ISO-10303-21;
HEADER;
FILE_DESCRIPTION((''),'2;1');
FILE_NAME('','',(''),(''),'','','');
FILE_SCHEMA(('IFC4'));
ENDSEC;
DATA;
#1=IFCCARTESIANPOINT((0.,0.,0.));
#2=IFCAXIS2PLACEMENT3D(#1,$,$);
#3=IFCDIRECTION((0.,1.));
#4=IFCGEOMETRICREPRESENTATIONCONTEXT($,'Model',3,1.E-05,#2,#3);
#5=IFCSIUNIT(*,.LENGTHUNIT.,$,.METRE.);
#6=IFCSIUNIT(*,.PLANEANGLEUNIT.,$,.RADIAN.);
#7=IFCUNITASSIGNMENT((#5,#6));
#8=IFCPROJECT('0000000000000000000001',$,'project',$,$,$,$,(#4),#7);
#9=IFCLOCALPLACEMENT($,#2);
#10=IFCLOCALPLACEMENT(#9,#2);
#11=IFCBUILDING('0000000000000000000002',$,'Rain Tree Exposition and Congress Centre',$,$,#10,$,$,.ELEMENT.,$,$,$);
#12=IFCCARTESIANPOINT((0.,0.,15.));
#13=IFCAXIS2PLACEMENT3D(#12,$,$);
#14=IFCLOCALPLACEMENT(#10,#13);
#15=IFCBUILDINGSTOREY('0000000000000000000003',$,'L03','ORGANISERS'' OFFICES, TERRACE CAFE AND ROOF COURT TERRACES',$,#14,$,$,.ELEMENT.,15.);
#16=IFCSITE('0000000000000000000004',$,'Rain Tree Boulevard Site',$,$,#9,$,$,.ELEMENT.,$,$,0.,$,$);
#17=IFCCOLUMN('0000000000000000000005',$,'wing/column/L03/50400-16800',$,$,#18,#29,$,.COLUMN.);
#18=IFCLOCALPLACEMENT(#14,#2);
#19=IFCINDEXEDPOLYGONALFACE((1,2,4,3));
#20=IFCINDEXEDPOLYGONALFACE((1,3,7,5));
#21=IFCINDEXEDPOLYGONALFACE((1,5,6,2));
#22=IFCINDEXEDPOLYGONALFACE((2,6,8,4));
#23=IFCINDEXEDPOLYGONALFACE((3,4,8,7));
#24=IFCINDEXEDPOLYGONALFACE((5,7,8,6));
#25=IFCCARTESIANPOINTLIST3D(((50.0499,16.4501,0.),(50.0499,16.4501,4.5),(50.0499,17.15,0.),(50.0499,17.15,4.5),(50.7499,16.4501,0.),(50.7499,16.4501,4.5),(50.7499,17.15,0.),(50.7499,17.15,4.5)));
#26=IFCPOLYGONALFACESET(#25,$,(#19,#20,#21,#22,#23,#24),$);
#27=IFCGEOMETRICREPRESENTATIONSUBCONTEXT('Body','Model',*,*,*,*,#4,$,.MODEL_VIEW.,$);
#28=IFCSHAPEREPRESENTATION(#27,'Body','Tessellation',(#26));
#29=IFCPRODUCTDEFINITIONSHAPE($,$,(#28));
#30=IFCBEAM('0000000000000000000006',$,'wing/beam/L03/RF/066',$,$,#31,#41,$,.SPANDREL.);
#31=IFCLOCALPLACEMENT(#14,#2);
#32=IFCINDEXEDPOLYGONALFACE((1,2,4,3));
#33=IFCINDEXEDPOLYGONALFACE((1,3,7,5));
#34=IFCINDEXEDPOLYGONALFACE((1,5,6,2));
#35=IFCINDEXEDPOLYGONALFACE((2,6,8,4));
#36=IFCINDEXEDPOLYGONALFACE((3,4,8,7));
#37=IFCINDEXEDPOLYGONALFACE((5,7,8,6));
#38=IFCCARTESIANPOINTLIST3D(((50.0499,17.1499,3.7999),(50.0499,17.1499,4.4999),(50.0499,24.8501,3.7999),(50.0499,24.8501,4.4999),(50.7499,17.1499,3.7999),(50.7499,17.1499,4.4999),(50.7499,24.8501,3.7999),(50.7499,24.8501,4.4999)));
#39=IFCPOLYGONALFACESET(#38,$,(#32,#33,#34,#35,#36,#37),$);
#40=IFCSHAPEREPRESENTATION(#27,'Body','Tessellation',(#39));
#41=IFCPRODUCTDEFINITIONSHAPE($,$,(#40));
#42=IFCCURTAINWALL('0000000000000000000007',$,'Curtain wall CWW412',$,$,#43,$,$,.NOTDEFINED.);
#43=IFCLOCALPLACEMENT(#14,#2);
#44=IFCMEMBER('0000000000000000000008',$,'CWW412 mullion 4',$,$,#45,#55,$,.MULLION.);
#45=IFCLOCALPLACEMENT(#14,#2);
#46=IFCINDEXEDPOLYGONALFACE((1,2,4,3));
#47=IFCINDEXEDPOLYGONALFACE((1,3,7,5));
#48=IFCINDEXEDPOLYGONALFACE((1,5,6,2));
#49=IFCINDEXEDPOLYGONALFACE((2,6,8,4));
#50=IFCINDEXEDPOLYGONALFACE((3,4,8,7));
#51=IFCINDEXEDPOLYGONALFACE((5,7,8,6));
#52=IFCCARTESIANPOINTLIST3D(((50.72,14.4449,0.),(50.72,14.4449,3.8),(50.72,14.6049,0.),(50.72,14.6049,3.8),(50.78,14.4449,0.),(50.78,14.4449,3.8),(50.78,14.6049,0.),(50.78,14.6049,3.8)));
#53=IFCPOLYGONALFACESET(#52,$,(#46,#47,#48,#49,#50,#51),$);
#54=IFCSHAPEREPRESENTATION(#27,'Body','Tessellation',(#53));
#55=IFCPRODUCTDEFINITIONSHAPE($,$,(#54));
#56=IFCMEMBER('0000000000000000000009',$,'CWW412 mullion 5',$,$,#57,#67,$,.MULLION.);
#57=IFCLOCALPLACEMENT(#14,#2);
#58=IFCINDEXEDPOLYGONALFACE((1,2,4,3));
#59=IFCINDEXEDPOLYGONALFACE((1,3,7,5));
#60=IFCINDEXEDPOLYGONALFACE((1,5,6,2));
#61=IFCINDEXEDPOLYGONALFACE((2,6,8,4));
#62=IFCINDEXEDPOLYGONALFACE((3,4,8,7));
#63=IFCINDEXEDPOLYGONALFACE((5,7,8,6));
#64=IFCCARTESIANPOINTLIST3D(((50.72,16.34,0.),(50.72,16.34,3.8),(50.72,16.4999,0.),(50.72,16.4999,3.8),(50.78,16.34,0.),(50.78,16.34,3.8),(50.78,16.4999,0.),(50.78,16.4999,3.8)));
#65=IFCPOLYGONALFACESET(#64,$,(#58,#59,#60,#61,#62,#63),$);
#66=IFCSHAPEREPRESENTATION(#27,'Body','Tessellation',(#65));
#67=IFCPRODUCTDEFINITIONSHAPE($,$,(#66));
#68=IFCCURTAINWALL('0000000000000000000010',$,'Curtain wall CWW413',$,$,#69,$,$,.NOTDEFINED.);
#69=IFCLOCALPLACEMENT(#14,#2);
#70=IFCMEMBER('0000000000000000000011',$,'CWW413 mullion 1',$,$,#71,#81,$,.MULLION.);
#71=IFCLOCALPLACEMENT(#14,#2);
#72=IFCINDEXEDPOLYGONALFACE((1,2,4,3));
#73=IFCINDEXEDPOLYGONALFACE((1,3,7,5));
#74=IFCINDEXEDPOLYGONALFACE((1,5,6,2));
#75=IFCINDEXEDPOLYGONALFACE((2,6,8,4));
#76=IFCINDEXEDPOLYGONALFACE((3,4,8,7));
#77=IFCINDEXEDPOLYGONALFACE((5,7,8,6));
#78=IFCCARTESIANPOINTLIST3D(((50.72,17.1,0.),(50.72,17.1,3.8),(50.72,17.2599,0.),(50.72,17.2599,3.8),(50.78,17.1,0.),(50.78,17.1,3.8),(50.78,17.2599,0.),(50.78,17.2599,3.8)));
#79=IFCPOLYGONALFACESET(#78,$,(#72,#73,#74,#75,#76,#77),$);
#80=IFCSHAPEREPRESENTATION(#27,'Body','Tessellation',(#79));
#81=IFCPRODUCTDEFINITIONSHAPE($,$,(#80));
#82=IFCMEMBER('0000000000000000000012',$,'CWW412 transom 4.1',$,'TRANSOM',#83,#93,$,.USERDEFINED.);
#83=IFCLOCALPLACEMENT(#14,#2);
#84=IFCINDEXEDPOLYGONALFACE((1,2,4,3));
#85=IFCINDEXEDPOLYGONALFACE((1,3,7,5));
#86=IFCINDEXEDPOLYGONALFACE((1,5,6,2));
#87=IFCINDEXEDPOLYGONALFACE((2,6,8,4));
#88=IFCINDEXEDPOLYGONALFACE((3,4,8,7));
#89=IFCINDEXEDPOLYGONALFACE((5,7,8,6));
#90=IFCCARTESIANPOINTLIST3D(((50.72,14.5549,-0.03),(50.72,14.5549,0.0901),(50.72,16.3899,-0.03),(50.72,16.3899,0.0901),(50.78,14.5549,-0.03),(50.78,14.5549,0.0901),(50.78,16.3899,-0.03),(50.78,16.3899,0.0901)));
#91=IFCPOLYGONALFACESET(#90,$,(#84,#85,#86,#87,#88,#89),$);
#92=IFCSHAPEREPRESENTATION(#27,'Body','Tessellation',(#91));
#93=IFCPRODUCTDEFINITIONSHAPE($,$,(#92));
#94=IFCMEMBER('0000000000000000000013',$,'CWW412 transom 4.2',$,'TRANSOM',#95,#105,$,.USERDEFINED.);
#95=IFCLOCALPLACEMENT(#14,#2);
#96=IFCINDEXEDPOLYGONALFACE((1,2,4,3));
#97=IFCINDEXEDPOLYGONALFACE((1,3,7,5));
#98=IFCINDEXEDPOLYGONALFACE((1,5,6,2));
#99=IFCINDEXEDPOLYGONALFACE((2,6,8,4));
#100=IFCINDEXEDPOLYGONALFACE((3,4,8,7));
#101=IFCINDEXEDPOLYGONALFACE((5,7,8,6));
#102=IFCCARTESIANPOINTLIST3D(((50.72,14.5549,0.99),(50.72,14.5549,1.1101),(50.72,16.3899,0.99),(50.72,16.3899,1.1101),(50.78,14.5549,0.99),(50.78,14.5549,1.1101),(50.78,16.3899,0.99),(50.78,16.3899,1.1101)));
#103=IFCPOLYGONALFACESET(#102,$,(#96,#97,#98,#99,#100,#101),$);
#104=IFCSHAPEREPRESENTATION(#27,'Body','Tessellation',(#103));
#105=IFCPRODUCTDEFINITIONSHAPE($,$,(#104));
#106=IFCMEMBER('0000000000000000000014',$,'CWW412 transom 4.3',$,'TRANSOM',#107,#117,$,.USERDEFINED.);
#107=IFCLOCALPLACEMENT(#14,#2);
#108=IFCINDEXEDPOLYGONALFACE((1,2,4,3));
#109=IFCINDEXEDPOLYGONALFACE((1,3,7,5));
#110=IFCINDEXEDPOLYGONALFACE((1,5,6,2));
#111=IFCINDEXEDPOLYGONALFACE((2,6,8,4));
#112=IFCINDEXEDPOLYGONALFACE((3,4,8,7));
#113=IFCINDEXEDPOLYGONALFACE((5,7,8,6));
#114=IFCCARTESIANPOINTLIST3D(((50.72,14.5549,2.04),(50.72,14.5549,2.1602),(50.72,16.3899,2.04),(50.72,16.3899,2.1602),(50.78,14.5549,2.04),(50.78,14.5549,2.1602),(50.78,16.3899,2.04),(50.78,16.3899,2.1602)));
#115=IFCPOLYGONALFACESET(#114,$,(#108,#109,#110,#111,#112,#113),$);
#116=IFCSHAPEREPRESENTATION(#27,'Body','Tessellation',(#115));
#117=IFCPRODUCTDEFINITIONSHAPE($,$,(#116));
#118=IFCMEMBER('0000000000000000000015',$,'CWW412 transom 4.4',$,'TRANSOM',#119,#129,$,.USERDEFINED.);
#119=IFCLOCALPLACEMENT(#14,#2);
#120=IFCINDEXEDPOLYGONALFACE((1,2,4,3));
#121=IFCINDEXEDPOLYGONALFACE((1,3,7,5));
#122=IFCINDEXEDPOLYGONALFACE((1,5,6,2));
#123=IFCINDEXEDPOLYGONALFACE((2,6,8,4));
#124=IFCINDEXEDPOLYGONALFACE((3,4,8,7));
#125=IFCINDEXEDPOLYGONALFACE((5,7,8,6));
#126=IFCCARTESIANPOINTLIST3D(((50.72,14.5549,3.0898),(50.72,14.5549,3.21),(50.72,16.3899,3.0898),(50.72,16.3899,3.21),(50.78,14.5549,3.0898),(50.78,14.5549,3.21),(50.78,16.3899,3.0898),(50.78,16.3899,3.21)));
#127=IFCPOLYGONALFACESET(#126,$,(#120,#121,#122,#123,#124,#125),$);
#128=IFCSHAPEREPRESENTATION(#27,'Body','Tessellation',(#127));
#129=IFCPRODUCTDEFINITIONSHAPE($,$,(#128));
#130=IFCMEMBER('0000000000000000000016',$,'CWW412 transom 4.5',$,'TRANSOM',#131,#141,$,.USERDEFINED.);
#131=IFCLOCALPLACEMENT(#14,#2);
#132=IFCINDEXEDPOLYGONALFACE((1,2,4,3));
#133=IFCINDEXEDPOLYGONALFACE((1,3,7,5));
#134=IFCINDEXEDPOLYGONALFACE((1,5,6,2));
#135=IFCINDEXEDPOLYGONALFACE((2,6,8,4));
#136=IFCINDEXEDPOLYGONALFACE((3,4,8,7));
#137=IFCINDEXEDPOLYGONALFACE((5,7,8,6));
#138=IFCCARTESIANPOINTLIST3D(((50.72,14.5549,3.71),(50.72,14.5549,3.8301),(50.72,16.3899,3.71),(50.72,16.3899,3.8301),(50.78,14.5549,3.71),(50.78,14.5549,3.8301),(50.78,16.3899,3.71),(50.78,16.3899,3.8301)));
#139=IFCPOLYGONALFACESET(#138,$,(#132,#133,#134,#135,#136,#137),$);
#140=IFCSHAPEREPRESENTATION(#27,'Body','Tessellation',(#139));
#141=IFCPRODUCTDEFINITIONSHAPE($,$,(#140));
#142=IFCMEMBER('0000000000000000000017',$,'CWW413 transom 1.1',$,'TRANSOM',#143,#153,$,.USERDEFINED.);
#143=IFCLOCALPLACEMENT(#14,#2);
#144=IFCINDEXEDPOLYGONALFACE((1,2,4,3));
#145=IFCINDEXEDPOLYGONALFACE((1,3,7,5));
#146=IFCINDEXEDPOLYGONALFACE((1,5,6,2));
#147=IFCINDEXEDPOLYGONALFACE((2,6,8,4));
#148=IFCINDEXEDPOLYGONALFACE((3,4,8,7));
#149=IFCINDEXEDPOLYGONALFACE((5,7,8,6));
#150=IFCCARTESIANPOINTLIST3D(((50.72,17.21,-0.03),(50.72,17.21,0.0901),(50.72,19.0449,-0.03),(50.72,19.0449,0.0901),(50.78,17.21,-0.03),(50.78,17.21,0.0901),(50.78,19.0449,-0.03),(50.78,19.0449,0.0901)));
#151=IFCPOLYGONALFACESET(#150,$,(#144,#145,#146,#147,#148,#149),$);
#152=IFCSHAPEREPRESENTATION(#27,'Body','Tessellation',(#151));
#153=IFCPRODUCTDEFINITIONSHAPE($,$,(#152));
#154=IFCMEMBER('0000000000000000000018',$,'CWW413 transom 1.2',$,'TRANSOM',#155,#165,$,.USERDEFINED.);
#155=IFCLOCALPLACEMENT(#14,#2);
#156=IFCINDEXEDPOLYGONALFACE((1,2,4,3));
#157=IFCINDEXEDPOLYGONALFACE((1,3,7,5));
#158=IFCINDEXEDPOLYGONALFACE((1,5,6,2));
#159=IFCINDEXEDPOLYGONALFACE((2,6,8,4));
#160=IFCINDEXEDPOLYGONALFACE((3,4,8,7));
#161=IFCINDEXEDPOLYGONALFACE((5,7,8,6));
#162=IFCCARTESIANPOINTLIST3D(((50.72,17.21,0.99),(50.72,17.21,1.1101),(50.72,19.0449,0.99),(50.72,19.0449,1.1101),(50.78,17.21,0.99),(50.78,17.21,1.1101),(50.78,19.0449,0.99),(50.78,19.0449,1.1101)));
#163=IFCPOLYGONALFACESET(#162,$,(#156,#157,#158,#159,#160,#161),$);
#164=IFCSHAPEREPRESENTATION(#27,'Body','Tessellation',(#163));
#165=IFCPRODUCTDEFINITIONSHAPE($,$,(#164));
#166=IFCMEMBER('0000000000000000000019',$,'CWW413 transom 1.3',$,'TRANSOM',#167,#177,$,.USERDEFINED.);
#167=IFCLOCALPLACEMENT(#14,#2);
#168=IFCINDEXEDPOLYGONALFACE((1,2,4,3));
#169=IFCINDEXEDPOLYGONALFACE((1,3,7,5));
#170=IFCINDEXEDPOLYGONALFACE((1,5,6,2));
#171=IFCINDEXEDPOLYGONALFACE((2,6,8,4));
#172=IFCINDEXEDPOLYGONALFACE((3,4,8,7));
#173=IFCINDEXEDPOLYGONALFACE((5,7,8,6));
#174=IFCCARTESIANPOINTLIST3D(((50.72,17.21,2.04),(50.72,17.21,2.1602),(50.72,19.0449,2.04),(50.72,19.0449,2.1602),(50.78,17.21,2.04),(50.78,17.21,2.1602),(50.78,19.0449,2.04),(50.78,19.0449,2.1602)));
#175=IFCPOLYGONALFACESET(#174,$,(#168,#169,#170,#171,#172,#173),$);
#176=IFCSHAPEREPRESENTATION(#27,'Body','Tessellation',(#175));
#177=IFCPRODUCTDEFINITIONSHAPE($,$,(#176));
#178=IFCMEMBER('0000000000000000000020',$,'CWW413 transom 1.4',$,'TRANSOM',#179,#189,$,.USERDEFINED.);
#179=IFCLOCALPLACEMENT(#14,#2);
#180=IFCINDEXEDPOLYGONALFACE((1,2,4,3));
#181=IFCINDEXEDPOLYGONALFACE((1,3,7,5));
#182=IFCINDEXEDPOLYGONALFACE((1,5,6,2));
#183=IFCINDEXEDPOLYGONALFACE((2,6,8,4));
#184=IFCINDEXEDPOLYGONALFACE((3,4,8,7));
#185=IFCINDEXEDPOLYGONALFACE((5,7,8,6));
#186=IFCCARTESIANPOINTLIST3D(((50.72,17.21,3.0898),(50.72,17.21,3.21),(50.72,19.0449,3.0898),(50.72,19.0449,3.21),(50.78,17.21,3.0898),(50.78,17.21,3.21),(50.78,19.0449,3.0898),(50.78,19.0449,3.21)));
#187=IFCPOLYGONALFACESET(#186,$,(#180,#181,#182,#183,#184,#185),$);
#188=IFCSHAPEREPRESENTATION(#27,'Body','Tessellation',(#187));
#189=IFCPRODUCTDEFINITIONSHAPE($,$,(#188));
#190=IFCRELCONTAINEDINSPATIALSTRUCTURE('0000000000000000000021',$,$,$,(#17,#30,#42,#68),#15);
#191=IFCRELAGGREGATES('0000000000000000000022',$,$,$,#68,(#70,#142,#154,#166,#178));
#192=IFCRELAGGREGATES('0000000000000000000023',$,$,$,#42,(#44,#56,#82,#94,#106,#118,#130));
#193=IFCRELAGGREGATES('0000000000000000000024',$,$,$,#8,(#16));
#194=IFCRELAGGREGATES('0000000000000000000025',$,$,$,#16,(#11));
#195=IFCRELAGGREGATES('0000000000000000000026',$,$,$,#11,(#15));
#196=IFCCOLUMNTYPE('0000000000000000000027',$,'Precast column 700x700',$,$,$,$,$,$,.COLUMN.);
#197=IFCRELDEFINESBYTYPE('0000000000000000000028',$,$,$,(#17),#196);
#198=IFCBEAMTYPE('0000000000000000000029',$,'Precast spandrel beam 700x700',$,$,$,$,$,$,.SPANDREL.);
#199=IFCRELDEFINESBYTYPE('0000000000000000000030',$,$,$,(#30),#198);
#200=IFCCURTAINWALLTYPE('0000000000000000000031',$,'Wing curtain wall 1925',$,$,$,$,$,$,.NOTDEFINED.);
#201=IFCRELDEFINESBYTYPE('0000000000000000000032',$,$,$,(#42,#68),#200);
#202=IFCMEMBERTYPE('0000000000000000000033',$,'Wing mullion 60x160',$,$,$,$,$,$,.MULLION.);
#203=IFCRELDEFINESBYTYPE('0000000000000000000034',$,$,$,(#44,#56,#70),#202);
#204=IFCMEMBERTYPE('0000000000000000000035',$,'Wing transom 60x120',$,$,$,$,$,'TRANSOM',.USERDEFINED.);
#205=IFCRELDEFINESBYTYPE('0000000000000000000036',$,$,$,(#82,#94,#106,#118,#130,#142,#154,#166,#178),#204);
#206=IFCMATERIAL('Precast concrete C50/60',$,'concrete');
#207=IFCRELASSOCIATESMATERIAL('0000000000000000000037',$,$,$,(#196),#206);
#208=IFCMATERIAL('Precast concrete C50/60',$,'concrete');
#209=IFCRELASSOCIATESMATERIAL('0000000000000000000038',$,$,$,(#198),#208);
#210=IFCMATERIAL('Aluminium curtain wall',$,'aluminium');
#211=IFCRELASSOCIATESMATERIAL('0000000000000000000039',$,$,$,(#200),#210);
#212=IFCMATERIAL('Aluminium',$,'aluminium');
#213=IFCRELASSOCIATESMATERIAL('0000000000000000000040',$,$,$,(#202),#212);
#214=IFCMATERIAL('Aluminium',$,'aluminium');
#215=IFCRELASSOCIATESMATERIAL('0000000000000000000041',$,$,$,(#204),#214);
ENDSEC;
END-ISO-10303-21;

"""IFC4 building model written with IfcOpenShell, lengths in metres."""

from ifc_helpers import new_model, si_unit, direction, frame, origin, origin_2d, place, context, subcontext, project, spatial, rectangle, extrude, material, material_profile, profile_set, type_object, element, aggregate, save


model = new_model("IFC4")

# Units and contexts
model_context = context("Model", 3, precision=1e-05, world=origin(), true_north=direction((0.0, 1.0)))
body_context = subcontext(model_context, "Body", "Model", "MODEL_VIEW")
ifc_project = project(units=[si_unit("LENGTHUNIT", "METRE"), si_unit("PLANEANGLEUNIT", "RADIAN")], contexts=[model_context])

# Site, building, storey
site_placement = place(None, origin())
site = spatial("IfcSite", under=ifc_project, at=site_placement, Name="Rain Tree Boulevard Site", CompositionType="ELEMENT", RefElevation=0.0)
building_placement = place(site_placement, origin())
building = spatial("IfcBuilding", under=site, at=building_placement, Name="Rain Tree Exposition and Congress Centre", CompositionType="ELEMENT")
storey_placement = place(building_placement, frame((0.0, 0.0, 15.0)))
storey = spatial("IfcBuildingStorey", under=building, at=storey_placement, Name="L03", Description="ORGANISERS' OFFICES, TERRACE CAFE AND ROOF COURT TERRACES", CompositionType="ELEMENT", Elevation=15.0)

# Column
ifc_material_1 = material(Name="Precast concrete C50/60", Category="concrete")
ifc_material_profile_1 = material_profile(ifc_material_1, rectangle(XDim=0.7, YDim=0.7, at=origin_2d()), Name="RC 700x700")
ifc_profile_set_1 = profile_set([ifc_material_profile_1], Name="Precast concrete C50/60")
column_type = type_object("IfcColumnType", Name="Precast column 700x700", PredefinedType="COLUMN", material=ifc_profile_set_1)
column_placement = place(storey_placement, frame((50.3999, 16.8, 0.0), z_axis=(0.0, 0.0, 1.0), x_axis=(1.0, 0.0, 0.0)))
element("IfcColumn", 1, at=column_placement, inside=storey, type_object=column_type, Name="wing/column/L03/50400-16800", PredefinedType="COLUMN", context=body_context, shape_type="SweptSolid", body=[
    extrude(rectangle(XDim=0.7, YDim=0.7, at=origin_2d()), origin(), (0.0, 0.0, 1.0), 4.5),
])

# Beam
ifc_material_2 = material(Name="Precast concrete C50/60", Category="concrete")
ifc_material_profile_2 = material_profile(ifc_material_2, rectangle(XDim=0.7, YDim=0.7, at=origin_2d()), Name="RC 700x700")
ifc_profile_set_2 = profile_set([ifc_material_profile_2], Name="Precast concrete C50/60")
beam_type = type_object("IfcBeamType", Name="Precast spandrel beam 700x700", PredefinedType="SPANDREL", material=ifc_profile_set_2)
beam_placement = place(storey_placement, frame((50.3999, 17.1499, 4.1499), z_axis=(0.0, 1.0, 0.0), x_axis=(-1.0, 0.0, 0.0)))
element("IfcBeam", 2, at=beam_placement, inside=storey, type_object=beam_type, Name="wing/beam/L03/RF/066", PredefinedType="SPANDREL", context=body_context, shape_type="SweptSolid", body=[
    extrude(rectangle(XDim=0.7, YDim=0.7, at=origin_2d()), origin(), (0.0, 0.0, 1.0), 7.7002),
])

# Curtain wall, members
ifc_material_3 = material(Name="Aluminium curtain wall", Category="aluminium")
curtain_wall_type = type_object("IfcCurtainWallType", Name="Wing curtain wall 1925", PredefinedType="NOTDEFINED", material=ifc_material_3)
curtain_wall_1_placement = place(storey_placement, origin())
curtain_wall_1 = element("IfcCurtainWall", 3, at=curtain_wall_1_placement, inside=storey, type_object=curtain_wall_type, Name="Curtain wall CWW412", PredefinedType="NOTDEFINED")
ifc_material_4 = material(Name="Aluminium", Category="aluminium")
ifc_material_profile_3 = material_profile(ifc_material_4, rectangle(XDim=0.0601, YDim=0.1599, at=origin_2d()), Name="Aluminium 60x160")
ifc_profile_set_3 = profile_set([ifc_material_profile_3], Name="Aluminium")
member_type_1 = type_object("IfcMemberType", Name="Wing mullion 60x160", PredefinedType="MULLION", material=ifc_profile_set_3)
member_1_placement = place(storey_placement, frame((50.75, 14.5249, 0.0), z_axis=(0.0, 0.0, 1.0), x_axis=(-1.0, 0.0, 0.0)))
member_1 = element("IfcMember", 4, at=member_1_placement, type_object=member_type_1, Name="CWW412 mullion 4", PredefinedType="MULLION", context=body_context, shape_type="SweptSolid", body=[
    extrude(rectangle(XDim=0.0601, YDim=0.1599, at=origin_2d()), origin(), (0.0, 0.0, 1.0), 3.8),
])
member_2_placement = place(storey_placement, frame((50.75, 16.4199, 0.0), z_axis=(0.0, 0.0, 1.0), x_axis=(-1.0, 0.0, 0.0)))
member_2 = element("IfcMember", 5, at=member_2_placement, type_object=member_type_1, Name="CWW412 mullion 5", PredefinedType="MULLION", context=body_context, shape_type="SweptSolid", body=[
    extrude(rectangle(XDim=0.0601, YDim=0.1599, at=origin_2d()), origin(), (0.0, 0.0, 1.0), 3.8),
])

# Curtain wall, member
curtain_wall_2_placement = place(storey_placement, origin())
curtain_wall_2 = element("IfcCurtainWall", 6, at=curtain_wall_2_placement, inside=storey, type_object=curtain_wall_type, Name="Curtain wall CWW413", PredefinedType="NOTDEFINED")
member_3_placement = place(storey_placement, frame((50.75, 17.1799, 0.0), z_axis=(0.0, 0.0, 1.0), x_axis=(-1.0, 0.0, 0.0)))
member_3 = element("IfcMember", 7, at=member_3_placement, type_object=member_type_1, Name="CWW413 mullion 1", PredefinedType="MULLION", context=body_context, shape_type="SweptSolid", body=[
    extrude(rectangle(XDim=0.0601, YDim=0.1599, at=origin_2d()), origin(), (0.0, 0.0, 1.0), 3.8),
])

# Members
ifc_material_5 = material(Name="Aluminium", Category="aluminium")
ifc_material_profile_4 = material_profile(ifc_material_5, rectangle(XDim=0.0601, YDim=0.1201, at=origin_2d()), Name="Aluminium 60x120")
ifc_profile_set_4 = profile_set([ifc_material_profile_4], Name="Aluminium")
member_type_2 = type_object("IfcMemberType", Name="Wing transom 60x120", ElementType="TRANSOM", PredefinedType="USERDEFINED", material=ifc_profile_set_4)
member_4_placement = place(storey_placement, frame((50.75, 14.5549, 0.03), z_axis=(0.0, 1.0, 0.0), x_axis=(-1.0, 0.0, 0.0)))
member_4 = element("IfcMember", 8, at=member_4_placement, type_object=member_type_2, Name="CWW412 transom 4.1", ObjectType="TRANSOM", PredefinedType="USERDEFINED", context=body_context, shape_type="SweptSolid", body=[
    extrude(rectangle(XDim=0.0601, YDim=0.1201, at=origin_2d()), origin(), (0.0, 0.0, 1.0), 1.835),
])
member_5_placement = place(storey_placement, frame((50.75, 14.5549, 1.05), z_axis=(0.0, 1.0, 0.0), x_axis=(-1.0, 0.0, 0.0)))
member_5 = element("IfcMember", 9, at=member_5_placement, type_object=member_type_2, Name="CWW412 transom 4.2", ObjectType="TRANSOM", PredefinedType="USERDEFINED", context=body_context, shape_type="SweptSolid", body=[
    extrude(rectangle(XDim=0.0601, YDim=0.1201, at=origin_2d()), origin(), (0.0, 0.0, 1.0), 1.835),
])
member_6_placement = place(storey_placement, frame((50.75, 14.5549, 2.1001), z_axis=(0.0, 1.0, 0.0), x_axis=(-1.0, 0.0, 0.0)))
member_6 = element("IfcMember", 10, at=member_6_placement, type_object=member_type_2, Name="CWW412 transom 4.3", ObjectType="TRANSOM", PredefinedType="USERDEFINED", context=body_context, shape_type="SweptSolid", body=[
    extrude(rectangle(XDim=0.0601, YDim=0.1201, at=origin_2d()), origin(), (0.0, 0.0, 1.0), 1.835),
])
member_7_placement = place(storey_placement, frame((50.75, 14.5549, 3.1499), z_axis=(0.0, 1.0, 0.0), x_axis=(-1.0, 0.0, 0.0)))
member_7 = element("IfcMember", 11, at=member_7_placement, type_object=member_type_2, Name="CWW412 transom 4.4", ObjectType="TRANSOM", PredefinedType="USERDEFINED", context=body_context, shape_type="SweptSolid", body=[
    extrude(rectangle(XDim=0.0601, YDim=0.1201, at=origin_2d()), origin(), (0.0, 0.0, 1.0), 1.835),
])
member_8_placement = place(storey_placement, frame((50.75, 14.5549, 3.77), z_axis=(0.0, 1.0, 0.0), x_axis=(-1.0, 0.0, 0.0)))
member_8 = element("IfcMember", 12, at=member_8_placement, type_object=member_type_2, Name="CWW412 transom 4.5", ObjectType="TRANSOM", PredefinedType="USERDEFINED", context=body_context, shape_type="SweptSolid", body=[
    extrude(rectangle(XDim=0.0601, YDim=0.1201, at=origin_2d()), origin(), (0.0, 0.0, 1.0), 1.835),
])
member_9_placement = place(storey_placement, frame((50.75, 17.21, 0.03), z_axis=(0.0, 1.0, 0.0), x_axis=(-1.0, 0.0, 0.0)))
member_9 = element("IfcMember", 13, at=member_9_placement, type_object=member_type_2, Name="CWW413 transom 1.1", ObjectType="TRANSOM", PredefinedType="USERDEFINED", context=body_context, shape_type="SweptSolid", body=[
    extrude(rectangle(XDim=0.0601, YDim=0.1201, at=origin_2d()), origin(), (0.0, 0.0, 1.0), 1.835),
])
member_10_placement = place(storey_placement, frame((50.75, 17.21, 1.05), z_axis=(0.0, 1.0, 0.0), x_axis=(-1.0, 0.0, 0.0)))
member_10 = element("IfcMember", 14, at=member_10_placement, type_object=member_type_2, Name="CWW413 transom 1.2", ObjectType="TRANSOM", PredefinedType="USERDEFINED", context=body_context, shape_type="SweptSolid", body=[
    extrude(rectangle(XDim=0.0601, YDim=0.1201, at=origin_2d()), origin(), (0.0, 0.0, 1.0), 1.835),
])
member_11_placement = place(storey_placement, frame((50.75, 17.21, 2.1001), z_axis=(0.0, 1.0, 0.0), x_axis=(-1.0, 0.0, 0.0)))
member_11 = element("IfcMember", 15, at=member_11_placement, type_object=member_type_2, Name="CWW413 transom 1.3", ObjectType="TRANSOM", PredefinedType="USERDEFINED", context=body_context, shape_type="SweptSolid", body=[
    extrude(rectangle(XDim=0.0601, YDim=0.1201, at=origin_2d()), origin(), (0.0, 0.0, 1.0), 1.835),
])
member_12_placement = place(storey_placement, frame((50.75, 17.21, 3.1499), z_axis=(0.0, 1.0, 0.0), x_axis=(-1.0, 0.0, 0.0)))
member_12 = element("IfcMember", 16, at=member_12_placement, type_object=member_type_2, Name="CWW413 transom 1.4", ObjectType="TRANSOM", PredefinedType="USERDEFINED", context=body_context, shape_type="SweptSolid", body=[
    extrude(rectangle(XDim=0.0601, YDim=0.1201, at=origin_2d()), origin(), (0.0, 0.0, 1.0), 1.835),
])
aggregate(curtain_wall_2, [member_3, member_9, member_10, member_11, member_12])

aggregate(curtain_wall_1, [member_1, member_2, member_4, member_5, member_6, member_7, member_8])

save(model, "model.ifc")
